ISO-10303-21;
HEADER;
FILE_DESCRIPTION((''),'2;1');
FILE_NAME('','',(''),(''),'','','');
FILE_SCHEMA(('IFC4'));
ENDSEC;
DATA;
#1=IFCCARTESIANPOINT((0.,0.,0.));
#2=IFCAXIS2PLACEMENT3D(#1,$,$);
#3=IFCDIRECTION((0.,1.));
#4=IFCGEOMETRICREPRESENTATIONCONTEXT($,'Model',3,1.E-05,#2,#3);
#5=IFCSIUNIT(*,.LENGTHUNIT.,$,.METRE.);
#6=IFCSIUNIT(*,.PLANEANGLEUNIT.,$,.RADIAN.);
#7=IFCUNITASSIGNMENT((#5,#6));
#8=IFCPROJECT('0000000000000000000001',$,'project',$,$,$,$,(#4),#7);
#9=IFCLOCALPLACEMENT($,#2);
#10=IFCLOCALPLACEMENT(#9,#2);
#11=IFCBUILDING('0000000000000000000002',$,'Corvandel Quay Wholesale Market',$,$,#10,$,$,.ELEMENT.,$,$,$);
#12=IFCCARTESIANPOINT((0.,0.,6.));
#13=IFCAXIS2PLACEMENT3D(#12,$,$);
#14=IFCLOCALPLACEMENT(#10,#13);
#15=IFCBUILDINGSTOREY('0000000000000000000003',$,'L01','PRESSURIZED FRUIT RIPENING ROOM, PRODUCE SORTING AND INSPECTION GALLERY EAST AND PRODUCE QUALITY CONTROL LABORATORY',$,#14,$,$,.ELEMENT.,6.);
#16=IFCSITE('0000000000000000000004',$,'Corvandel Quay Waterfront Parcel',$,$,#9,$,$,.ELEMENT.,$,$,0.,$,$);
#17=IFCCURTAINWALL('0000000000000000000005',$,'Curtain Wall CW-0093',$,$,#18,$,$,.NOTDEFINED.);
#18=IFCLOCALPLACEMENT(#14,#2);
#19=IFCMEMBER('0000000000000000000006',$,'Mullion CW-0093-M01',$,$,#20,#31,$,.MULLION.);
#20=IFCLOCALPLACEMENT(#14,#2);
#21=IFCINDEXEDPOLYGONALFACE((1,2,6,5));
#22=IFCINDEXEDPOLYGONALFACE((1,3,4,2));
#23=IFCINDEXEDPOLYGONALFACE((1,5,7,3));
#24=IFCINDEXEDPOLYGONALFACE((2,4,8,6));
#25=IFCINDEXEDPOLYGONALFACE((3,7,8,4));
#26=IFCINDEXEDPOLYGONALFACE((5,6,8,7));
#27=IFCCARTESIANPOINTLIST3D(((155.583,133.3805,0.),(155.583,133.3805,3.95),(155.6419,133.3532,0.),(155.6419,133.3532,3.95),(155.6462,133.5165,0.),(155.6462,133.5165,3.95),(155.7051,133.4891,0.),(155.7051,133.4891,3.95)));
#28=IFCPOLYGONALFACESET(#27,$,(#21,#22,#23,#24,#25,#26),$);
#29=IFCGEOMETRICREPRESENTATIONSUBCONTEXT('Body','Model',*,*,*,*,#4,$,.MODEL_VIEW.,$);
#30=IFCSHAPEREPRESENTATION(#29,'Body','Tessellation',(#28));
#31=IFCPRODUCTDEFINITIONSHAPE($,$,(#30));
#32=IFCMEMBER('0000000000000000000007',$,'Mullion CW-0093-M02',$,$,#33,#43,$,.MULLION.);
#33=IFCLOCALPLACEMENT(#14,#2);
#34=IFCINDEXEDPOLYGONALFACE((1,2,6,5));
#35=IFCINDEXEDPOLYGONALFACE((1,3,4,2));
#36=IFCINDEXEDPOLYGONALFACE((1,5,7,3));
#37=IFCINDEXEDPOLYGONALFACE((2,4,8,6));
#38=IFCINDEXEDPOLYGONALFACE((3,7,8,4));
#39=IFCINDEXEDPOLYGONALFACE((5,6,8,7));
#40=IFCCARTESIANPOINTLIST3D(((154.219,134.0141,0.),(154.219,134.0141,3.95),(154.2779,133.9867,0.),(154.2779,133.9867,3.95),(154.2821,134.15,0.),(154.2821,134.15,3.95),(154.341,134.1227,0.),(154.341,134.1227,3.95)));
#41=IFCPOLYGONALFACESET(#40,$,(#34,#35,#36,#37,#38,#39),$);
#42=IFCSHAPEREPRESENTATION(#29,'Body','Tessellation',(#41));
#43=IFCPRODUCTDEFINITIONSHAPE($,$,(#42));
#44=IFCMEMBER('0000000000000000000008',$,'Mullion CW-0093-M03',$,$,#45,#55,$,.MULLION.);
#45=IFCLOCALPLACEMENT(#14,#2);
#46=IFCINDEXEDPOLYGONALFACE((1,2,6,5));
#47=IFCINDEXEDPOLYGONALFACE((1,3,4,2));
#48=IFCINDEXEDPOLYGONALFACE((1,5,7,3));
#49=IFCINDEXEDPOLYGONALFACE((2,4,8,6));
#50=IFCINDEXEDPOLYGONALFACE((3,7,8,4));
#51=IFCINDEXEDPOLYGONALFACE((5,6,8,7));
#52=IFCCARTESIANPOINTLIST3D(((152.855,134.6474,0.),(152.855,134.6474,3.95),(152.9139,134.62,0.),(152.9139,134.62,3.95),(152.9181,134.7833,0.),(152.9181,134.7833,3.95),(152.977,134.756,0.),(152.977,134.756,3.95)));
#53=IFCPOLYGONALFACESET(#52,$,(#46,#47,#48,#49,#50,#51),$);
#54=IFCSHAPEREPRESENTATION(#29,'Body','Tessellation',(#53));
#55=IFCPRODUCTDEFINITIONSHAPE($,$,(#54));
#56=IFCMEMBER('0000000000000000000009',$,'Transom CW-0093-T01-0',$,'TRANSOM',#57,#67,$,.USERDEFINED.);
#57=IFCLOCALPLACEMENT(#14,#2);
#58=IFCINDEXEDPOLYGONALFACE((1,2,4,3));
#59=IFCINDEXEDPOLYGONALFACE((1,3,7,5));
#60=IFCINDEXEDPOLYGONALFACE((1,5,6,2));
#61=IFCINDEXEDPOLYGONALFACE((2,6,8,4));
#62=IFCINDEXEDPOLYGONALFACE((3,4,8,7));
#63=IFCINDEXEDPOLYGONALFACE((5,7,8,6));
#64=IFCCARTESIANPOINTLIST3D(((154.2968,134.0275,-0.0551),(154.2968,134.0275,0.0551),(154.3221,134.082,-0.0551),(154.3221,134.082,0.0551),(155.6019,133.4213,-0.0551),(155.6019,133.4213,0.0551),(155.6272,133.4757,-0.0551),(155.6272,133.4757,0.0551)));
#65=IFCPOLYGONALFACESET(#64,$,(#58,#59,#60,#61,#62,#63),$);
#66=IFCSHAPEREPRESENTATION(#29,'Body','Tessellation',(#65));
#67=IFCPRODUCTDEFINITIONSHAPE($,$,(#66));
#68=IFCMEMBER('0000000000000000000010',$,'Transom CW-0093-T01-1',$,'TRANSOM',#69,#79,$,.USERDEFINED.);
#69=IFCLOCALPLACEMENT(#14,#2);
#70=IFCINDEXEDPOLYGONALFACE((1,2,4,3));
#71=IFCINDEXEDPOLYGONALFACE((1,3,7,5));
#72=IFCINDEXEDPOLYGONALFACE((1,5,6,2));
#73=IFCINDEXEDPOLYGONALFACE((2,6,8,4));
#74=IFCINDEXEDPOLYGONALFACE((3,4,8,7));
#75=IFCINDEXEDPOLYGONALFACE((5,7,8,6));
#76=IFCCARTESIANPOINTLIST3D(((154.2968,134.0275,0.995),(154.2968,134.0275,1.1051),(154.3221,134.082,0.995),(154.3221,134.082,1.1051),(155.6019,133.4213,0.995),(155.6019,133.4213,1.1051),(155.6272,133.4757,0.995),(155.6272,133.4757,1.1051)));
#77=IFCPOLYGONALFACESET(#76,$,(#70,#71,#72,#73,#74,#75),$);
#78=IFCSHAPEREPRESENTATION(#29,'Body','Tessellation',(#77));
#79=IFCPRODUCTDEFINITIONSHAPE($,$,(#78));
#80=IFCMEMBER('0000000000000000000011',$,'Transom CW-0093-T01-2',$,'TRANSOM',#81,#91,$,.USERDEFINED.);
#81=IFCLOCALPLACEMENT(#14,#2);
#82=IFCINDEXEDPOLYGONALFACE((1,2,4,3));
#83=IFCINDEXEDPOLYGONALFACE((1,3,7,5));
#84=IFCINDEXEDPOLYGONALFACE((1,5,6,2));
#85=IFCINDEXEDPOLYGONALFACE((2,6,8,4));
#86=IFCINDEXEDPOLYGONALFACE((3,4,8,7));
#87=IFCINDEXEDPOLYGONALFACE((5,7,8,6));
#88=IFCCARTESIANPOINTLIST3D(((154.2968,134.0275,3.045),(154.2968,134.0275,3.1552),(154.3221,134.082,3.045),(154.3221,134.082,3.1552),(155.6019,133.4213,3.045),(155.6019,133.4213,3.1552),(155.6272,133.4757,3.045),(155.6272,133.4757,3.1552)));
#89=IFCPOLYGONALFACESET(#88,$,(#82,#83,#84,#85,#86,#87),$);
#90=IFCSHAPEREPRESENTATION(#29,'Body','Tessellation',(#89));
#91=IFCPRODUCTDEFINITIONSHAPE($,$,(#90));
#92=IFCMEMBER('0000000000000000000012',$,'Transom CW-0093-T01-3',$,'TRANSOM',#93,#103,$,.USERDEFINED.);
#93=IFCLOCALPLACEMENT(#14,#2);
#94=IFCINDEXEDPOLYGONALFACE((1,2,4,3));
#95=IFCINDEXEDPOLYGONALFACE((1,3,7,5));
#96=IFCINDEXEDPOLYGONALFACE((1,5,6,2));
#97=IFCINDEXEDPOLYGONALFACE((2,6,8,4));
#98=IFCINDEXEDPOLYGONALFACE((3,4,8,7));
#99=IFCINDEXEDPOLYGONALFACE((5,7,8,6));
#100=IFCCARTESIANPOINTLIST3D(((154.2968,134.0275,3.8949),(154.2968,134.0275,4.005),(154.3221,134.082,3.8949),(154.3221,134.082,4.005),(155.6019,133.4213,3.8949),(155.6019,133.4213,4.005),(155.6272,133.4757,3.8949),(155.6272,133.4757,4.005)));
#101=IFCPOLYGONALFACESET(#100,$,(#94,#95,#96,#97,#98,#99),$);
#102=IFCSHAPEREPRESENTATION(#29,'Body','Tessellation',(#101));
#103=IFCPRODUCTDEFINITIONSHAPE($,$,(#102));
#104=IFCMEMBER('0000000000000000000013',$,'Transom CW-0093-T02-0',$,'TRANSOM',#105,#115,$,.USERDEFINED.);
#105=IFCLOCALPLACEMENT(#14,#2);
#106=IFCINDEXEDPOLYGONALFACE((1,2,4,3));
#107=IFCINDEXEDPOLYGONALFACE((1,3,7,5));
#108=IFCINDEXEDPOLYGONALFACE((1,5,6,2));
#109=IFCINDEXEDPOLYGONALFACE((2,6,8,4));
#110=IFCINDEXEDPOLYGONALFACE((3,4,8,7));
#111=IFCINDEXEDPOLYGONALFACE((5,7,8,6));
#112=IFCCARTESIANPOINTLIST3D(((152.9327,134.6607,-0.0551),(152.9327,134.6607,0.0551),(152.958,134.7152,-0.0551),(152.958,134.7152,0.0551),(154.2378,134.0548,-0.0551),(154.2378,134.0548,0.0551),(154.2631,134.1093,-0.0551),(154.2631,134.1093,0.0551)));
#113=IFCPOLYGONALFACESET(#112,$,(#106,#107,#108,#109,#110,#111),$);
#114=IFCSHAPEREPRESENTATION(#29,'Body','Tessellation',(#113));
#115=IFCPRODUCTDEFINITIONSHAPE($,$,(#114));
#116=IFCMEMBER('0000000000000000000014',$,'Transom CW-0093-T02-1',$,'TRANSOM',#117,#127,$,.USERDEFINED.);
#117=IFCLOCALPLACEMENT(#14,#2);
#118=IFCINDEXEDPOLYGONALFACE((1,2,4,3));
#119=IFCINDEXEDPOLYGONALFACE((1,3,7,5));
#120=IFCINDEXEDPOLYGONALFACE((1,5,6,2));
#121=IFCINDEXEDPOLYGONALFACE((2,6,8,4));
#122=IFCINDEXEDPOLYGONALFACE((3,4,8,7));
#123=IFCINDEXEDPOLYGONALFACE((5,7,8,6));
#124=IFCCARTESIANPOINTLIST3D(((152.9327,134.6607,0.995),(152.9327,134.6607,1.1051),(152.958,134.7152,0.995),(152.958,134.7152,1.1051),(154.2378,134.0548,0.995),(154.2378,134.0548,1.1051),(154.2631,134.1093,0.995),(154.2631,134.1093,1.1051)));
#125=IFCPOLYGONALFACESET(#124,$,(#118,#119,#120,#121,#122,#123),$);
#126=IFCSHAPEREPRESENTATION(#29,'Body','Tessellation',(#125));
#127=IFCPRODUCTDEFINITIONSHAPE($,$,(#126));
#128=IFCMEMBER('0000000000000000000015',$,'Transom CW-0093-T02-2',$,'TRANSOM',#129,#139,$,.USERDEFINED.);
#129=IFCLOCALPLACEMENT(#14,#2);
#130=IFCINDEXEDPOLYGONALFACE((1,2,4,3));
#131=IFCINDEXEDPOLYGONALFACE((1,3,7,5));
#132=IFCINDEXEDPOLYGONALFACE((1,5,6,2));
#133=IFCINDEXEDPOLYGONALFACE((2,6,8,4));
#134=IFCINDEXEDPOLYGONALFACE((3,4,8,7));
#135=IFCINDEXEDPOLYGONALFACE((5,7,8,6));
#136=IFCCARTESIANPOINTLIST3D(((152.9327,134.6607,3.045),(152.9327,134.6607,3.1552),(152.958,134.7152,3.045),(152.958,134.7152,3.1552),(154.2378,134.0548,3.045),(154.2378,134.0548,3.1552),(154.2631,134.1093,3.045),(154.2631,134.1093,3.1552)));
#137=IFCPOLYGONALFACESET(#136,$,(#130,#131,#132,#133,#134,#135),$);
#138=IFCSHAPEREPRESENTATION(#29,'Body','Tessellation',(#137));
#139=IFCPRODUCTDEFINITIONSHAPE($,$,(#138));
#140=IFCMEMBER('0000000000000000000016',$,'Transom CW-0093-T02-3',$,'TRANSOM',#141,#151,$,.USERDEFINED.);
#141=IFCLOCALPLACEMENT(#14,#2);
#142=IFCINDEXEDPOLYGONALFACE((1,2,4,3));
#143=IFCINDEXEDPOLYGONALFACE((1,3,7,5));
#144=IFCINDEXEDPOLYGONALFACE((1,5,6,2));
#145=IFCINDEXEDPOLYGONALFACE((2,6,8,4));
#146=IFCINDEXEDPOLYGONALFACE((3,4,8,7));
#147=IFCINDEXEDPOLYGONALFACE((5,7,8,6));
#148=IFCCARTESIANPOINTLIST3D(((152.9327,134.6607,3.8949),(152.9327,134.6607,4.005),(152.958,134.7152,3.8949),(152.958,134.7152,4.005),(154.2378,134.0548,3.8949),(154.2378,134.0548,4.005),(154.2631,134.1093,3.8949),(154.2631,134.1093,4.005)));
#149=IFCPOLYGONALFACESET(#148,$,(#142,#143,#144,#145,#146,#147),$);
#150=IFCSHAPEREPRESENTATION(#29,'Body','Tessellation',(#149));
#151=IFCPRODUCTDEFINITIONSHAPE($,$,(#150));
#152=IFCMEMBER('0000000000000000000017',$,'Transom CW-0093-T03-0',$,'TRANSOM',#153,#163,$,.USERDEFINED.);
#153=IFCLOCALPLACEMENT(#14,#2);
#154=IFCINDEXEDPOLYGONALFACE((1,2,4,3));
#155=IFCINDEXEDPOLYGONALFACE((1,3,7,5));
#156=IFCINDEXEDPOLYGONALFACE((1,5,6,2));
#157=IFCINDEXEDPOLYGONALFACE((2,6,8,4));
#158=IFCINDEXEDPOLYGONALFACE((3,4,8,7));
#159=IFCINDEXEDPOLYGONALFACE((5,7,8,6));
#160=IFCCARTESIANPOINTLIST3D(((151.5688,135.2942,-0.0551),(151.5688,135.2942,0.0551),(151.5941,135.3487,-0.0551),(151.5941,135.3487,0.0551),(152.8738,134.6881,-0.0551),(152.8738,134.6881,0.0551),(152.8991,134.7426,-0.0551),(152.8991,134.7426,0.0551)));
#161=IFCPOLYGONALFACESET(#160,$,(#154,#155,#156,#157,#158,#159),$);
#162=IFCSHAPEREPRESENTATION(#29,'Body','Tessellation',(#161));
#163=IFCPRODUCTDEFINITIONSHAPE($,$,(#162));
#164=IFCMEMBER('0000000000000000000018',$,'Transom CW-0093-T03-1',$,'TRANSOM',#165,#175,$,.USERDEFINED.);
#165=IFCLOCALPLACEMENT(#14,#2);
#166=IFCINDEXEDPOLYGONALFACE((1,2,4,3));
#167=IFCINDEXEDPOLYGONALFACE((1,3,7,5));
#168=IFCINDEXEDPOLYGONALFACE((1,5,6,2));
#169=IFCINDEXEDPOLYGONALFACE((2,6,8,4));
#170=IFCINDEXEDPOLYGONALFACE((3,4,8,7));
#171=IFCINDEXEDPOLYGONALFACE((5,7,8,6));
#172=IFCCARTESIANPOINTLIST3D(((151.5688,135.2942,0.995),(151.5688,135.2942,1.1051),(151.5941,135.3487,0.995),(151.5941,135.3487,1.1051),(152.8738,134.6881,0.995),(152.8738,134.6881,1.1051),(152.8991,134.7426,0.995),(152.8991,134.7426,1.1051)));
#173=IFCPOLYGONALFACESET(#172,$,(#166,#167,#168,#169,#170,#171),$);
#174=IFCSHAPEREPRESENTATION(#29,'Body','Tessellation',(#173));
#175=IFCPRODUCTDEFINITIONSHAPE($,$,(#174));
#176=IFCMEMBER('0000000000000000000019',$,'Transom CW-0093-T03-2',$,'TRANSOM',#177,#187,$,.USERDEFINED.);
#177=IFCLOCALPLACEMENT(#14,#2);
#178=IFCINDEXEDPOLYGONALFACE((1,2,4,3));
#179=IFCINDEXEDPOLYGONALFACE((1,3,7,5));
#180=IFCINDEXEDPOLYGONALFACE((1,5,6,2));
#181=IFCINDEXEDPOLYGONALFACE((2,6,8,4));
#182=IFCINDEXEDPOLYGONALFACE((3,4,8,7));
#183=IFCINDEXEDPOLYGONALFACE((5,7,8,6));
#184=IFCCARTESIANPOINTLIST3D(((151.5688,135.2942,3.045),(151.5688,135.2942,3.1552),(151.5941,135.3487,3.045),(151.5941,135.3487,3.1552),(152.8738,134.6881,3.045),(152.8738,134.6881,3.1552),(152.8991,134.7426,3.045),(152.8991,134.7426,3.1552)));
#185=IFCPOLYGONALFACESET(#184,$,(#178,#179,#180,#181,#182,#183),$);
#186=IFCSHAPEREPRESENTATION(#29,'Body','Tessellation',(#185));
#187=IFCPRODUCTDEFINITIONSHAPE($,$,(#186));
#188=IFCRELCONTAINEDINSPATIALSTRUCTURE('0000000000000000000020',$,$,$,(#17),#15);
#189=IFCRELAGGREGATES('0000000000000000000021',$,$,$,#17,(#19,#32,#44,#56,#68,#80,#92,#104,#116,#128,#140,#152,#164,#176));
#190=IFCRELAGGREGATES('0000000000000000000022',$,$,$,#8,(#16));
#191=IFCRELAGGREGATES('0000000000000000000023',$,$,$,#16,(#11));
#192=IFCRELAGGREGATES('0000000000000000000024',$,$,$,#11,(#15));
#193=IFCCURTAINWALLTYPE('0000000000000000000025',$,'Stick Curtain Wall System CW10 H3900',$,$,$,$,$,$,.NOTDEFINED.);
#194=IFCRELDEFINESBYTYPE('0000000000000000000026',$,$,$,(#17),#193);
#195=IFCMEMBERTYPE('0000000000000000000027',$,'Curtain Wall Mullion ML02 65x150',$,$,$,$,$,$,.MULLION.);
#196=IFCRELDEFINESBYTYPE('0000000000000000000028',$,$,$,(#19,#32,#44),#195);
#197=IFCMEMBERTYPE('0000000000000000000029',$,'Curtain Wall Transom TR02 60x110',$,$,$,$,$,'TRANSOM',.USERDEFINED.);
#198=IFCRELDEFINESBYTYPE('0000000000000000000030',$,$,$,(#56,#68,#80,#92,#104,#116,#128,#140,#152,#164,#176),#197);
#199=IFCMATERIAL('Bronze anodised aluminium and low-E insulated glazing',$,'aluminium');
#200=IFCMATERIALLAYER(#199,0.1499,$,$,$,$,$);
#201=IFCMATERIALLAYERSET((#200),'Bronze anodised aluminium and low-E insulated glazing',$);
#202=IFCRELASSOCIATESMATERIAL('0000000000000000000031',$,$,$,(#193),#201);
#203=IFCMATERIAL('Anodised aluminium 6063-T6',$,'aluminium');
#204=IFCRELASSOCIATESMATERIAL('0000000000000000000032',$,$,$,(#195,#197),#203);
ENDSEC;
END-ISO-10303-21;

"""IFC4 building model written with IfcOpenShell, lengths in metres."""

from ifc_helpers import new_model, si_unit, direction, frame, origin, origin_2d, place, context, subcontext, project, spatial, rectangle, extrude, material, layer, layer_set, material_profile, profile_set, type_object, element, aggregate, save


model = new_model("IFC4")

# Units and contexts
model_context = context("Model", 3, precision=1e-05, world=origin(), true_north=direction((0.0, 1.0)))
body_context = subcontext(model_context, "Body", "Model", "MODEL_VIEW")
ifc_project = project(units=[si_unit("LENGTHUNIT", "METRE"), si_unit("PLANEANGLEUNIT", "RADIAN")], contexts=[model_context])

# Site, building, storey
site_placement = place(None, origin())
site = spatial("IfcSite", under=ifc_project, at=site_placement, Name="Corvandel Quay Waterfront Parcel", CompositionType="ELEMENT", RefElevation=0.0)
building_placement = place(site_placement, origin())
building = spatial("IfcBuilding", under=site, at=building_placement, Name="Corvandel Quay Wholesale Market", CompositionType="ELEMENT")
storey_placement = place(building_placement, frame((0.0, 0.0, 6.0)))
storey = spatial("IfcBuildingStorey", under=building, at=storey_placement, Name="L01", Description="PRESSURIZED FRUIT RIPENING ROOM, PRODUCE SORTING AND INSPECTION GALLERY EAST AND PRODUCE QUALITY CONTROL LABORATORY", CompositionType="ELEMENT", Elevation=6.0)

# Curtain wall, members
ifc_material_1 = material(Name="Bronze anodised aluminium and low-E insulated glazing", Category="aluminium")
ifc_layer_1 = layer(ifc_material_1, 0.1499)
ifc_layer_set_1 = layer_set([ifc_layer_1], Name="Bronze anodised aluminium and low-E insulated glazing")
curtain_wall_type = type_object("IfcCurtainWallType", Name="Stick Curtain Wall System CW10 H3900", PredefinedType="NOTDEFINED", material=ifc_layer_set_1)
curtain_wall_placement = place(storey_placement, origin())
curtain_wall = element("IfcCurtainWall", 1, at=curtain_wall_placement, inside=storey, type_object=curtain_wall_type, Name="Curtain Wall CW-0093", PredefinedType="NOTDEFINED")
ifc_material_2 = material(Name="Anodised aluminium 6063-T6", Category="aluminium")
ifc_material_profile_1 = material_profile(ifc_material_2, rectangle(XDim=0.0649, YDim=0.1499, at=origin_2d()), Name="ALU-MUL-65x150")
ifc_profile_set_1 = profile_set([ifc_material_profile_1], Name="Anodised aluminium 6063-T6")
member_type_1 = type_object("IfcMemberType", Name="Curtain Wall Mullion ML02 65x150", PredefinedType="MULLION", material=ifc_profile_set_1)
member_1_placement = place(storey_placement, frame((155.644, 133.4348, 0.0), z_axis=(0.0, 0.0, 1.0), x_axis=(-0.906971, 0.421194, 0.0)))
member_1 = element("IfcMember", 2, at=member_1_placement, type_object=member_type_1, Name="Mullion CW-0093-M01", PredefinedType="MULLION", context=body_context, shape_type="SweptSolid", body=[
    extrude(rectangle(XDim=0.0649, YDim=0.1499, at=origin_2d()), origin(), (0.0, 0.0, 1.0), 3.95),
])
member_2_placement = place(storey_placement, frame((154.28, 134.0684, 0.0), z_axis=(0.0, 0.0, 1.0), x_axis=(-0.906971, 0.421194, 0.0)))
member_2 = element("IfcMember", 3, at=member_2_placement, type_object=member_type_1, Name="Mullion CW-0093-M02", PredefinedType="MULLION", context=body_context, shape_type="SweptSolid", body=[
    extrude(rectangle(XDim=0.0649, YDim=0.1499, at=origin_2d()), origin(), (0.0, 0.0, 1.0), 3.95),
])
member_3_placement = place(storey_placement, frame((152.916, 134.7017, 0.0), z_axis=(0.0, 0.0, 1.0), x_axis=(-0.906971, 0.421194, 0.0)))
member_3 = element("IfcMember", 4, at=member_3_placement, type_object=member_type_1, Name="Mullion CW-0093-M03", PredefinedType="MULLION", context=body_context, shape_type="SweptSolid", body=[
    extrude(rectangle(XDim=0.0649, YDim=0.1499, at=origin_2d()), origin(), (0.0, 0.0, 1.0), 3.95),
])
ifc_material_profile_2 = material_profile(ifc_material_2, rectangle(XDim=0.0601, YDim=0.1101, at=origin_2d()), Name="ALU-TRN-60x110")
ifc_profile_set_2 = profile_set([ifc_material_profile_2], Name="Anodised aluminium 6063-T6")
member_type_2 = type_object("IfcMemberType", Name="Curtain Wall Transom TR02 60x110", ElementType="TRANSOM", PredefinedType="USERDEFINED", material=ifc_profile_set_2)
member_4_placement = place(storey_placement, frame((155.6145, 133.4485, 0.0), z_axis=(-0.906919, 0.421306, 0.0), x_axis=(-0.421306, -0.906919, 0.0)))
member_4 = element("IfcMember", 5, at=member_4_placement, type_object=member_type_2, Name="Transom CW-0093-T01-0", ObjectType="TRANSOM", PredefinedType="USERDEFINED", context=body_context, shape_type="SweptSolid", body=[
    extrude(rectangle(XDim=0.0601, YDim=0.1101, at=origin_2d()), origin(), (0.0, 0.0, 1.0), 1.439),
])
member_5_placement = place(storey_placement, frame((155.6145, 133.4485, 1.05), z_axis=(-0.906919, 0.421306, 0.0), x_axis=(-0.421306, -0.906919, 0.0)))
member_5 = element("IfcMember", 6, at=member_5_placement, type_object=member_type_2, Name="Transom CW-0093-T01-1", ObjectType="TRANSOM", PredefinedType="USERDEFINED", context=body_context, shape_type="SweptSolid", body=[
    extrude(rectangle(XDim=0.0601, YDim=0.1101, at=origin_2d()), origin(), (0.0, 0.0, 1.0), 1.439),
])
member_6_placement = place(storey_placement, frame((155.6145, 133.4485, 3.1001), z_axis=(-0.906919, 0.421306, 0.0), x_axis=(-0.421306, -0.906919, 0.0)))
member_6 = element("IfcMember", 7, at=member_6_placement, type_object=member_type_2, Name="Transom CW-0093-T01-2", ObjectType="TRANSOM", PredefinedType="USERDEFINED", context=body_context, shape_type="SweptSolid", body=[
    extrude(rectangle(XDim=0.0601, YDim=0.1101, at=origin_2d()), origin(), (0.0, 0.0, 1.0), 1.439),
])
member_7_placement = place(storey_placement, frame((155.6145, 133.4485, 3.95), z_axis=(-0.906919, 0.421306, 0.0), x_axis=(-0.421306, -0.906919, 0.0)))
member_7 = element("IfcMember", 8, at=member_7_placement, type_object=member_type_2, Name="Transom CW-0093-T01-3", ObjectType="TRANSOM", PredefinedType="USERDEFINED", context=body_context, shape_type="SweptSolid", body=[
    extrude(rectangle(XDim=0.0601, YDim=0.1101, at=origin_2d()), origin(), (0.0, 0.0, 1.0), 1.439),
])
member_8_placement = place(storey_placement, frame((154.2505, 134.082, 0.0), z_axis=(-0.907014, 0.421101, 0.0), x_axis=(-0.421101, -0.907014, 0.0)))
member_8 = element("IfcMember", 9, at=member_8_placement, type_object=member_type_2, Name="Transom CW-0093-T02-0", ObjectType="TRANSOM", PredefinedType="USERDEFINED", context=body_context, shape_type="SweptSolid", body=[
    extrude(rectangle(XDim=0.0601, YDim=0.1101, at=origin_2d()), origin(), (0.0, 0.0, 1.0), 1.439),
])
member_9_placement = place(storey_placement, frame((154.2505, 134.082, 1.05), z_axis=(-0.907014, 0.421101, 0.0), x_axis=(-0.421101, -0.907014, 0.0)))
member_9 = element("IfcMember", 10, at=member_9_placement, type_object=member_type_2, Name="Transom CW-0093-T02-1", ObjectType="TRANSOM", PredefinedType="USERDEFINED", context=body_context, shape_type="SweptSolid", body=[
    extrude(rectangle(XDim=0.0601, YDim=0.1101, at=origin_2d()), origin(), (0.0, 0.0, 1.0), 1.439),
])
member_10_placement = place(storey_placement, frame((154.2505, 134.082, 3.1001), z_axis=(-0.907014, 0.421101, 0.0), x_axis=(-0.421101, -0.907014, 0.0)))
member_10 = element("IfcMember", 11, at=member_10_placement, type_object=member_type_2, Name="Transom CW-0093-T02-2", ObjectType="TRANSOM", PredefinedType="USERDEFINED", context=body_context, shape_type="SweptSolid", body=[
    extrude(rectangle(XDim=0.0601, YDim=0.1101, at=origin_2d()), origin(), (0.0, 0.0, 1.0), 1.439),
])
member_11_placement = place(storey_placement, frame((154.2505, 134.082, 3.95), z_axis=(-0.907014, 0.421101, 0.0), x_axis=(-0.421101, -0.907014, 0.0)))
member_11 = element("IfcMember", 12, at=member_11_placement, type_object=member_type_2, Name="Transom CW-0093-T02-3", ObjectType="TRANSOM", PredefinedType="USERDEFINED", context=body_context, shape_type="SweptSolid", body=[
    extrude(rectangle(XDim=0.0601, YDim=0.1101, at=origin_2d()), origin(), (0.0, 0.0, 1.0), 1.439),
])
member_12_placement = place(storey_placement, frame((152.8865, 134.7153, 0.0), z_axis=(-0.906949, 0.421241, 0.0), x_axis=(-0.421241, -0.906949, 0.0)))
member_12 = element("IfcMember", 13, at=member_12_placement, type_object=member_type_2, Name="Transom CW-0093-T03-0", ObjectType="TRANSOM", PredefinedType="USERDEFINED", context=body_context, shape_type="SweptSolid", body=[
    extrude(rectangle(XDim=0.0601, YDim=0.1101, at=origin_2d()), origin(), (0.0, 0.0, 1.0), 1.439),
])
member_13_placement = place(storey_placement, frame((152.8865, 134.7153, 1.05), z_axis=(-0.906949, 0.421241, 0.0), x_axis=(-0.421241, -0.906949, 0.0)))
member_13 = element("IfcMember", 14, at=member_13_placement, type_object=member_type_2, Name="Transom CW-0093-T03-1", ObjectType="TRANSOM", PredefinedType="USERDEFINED", context=body_context, shape_type="SweptSolid", body=[
    extrude(rectangle(XDim=0.0601, YDim=0.1101, at=origin_2d()), origin(), (0.0, 0.0, 1.0), 1.439),
])
member_14_placement = place(storey_placement, frame((152.8865, 134.7153, 3.1001), z_axis=(-0.906949, 0.421241, 0.0), x_axis=(-0.421241, -0.906949, 0.0)))
member_14 = element("IfcMember", 15, at=member_14_placement, type_object=member_type_2, Name="Transom CW-0093-T03-2", ObjectType="TRANSOM", PredefinedType="USERDEFINED", context=body_context, shape_type="SweptSolid", body=[
    extrude(rectangle(XDim=0.0601, YDim=0.1101, at=origin_2d()), origin(), (0.0, 0.0, 1.0), 1.439),
])
aggregate(curtain_wall, [member_1, member_2, member_3, member_4, member_5, member_6, member_7, member_8, member_9, member_10, member_11, member_12, member_13, member_14])

save(model, "model.ifc")
